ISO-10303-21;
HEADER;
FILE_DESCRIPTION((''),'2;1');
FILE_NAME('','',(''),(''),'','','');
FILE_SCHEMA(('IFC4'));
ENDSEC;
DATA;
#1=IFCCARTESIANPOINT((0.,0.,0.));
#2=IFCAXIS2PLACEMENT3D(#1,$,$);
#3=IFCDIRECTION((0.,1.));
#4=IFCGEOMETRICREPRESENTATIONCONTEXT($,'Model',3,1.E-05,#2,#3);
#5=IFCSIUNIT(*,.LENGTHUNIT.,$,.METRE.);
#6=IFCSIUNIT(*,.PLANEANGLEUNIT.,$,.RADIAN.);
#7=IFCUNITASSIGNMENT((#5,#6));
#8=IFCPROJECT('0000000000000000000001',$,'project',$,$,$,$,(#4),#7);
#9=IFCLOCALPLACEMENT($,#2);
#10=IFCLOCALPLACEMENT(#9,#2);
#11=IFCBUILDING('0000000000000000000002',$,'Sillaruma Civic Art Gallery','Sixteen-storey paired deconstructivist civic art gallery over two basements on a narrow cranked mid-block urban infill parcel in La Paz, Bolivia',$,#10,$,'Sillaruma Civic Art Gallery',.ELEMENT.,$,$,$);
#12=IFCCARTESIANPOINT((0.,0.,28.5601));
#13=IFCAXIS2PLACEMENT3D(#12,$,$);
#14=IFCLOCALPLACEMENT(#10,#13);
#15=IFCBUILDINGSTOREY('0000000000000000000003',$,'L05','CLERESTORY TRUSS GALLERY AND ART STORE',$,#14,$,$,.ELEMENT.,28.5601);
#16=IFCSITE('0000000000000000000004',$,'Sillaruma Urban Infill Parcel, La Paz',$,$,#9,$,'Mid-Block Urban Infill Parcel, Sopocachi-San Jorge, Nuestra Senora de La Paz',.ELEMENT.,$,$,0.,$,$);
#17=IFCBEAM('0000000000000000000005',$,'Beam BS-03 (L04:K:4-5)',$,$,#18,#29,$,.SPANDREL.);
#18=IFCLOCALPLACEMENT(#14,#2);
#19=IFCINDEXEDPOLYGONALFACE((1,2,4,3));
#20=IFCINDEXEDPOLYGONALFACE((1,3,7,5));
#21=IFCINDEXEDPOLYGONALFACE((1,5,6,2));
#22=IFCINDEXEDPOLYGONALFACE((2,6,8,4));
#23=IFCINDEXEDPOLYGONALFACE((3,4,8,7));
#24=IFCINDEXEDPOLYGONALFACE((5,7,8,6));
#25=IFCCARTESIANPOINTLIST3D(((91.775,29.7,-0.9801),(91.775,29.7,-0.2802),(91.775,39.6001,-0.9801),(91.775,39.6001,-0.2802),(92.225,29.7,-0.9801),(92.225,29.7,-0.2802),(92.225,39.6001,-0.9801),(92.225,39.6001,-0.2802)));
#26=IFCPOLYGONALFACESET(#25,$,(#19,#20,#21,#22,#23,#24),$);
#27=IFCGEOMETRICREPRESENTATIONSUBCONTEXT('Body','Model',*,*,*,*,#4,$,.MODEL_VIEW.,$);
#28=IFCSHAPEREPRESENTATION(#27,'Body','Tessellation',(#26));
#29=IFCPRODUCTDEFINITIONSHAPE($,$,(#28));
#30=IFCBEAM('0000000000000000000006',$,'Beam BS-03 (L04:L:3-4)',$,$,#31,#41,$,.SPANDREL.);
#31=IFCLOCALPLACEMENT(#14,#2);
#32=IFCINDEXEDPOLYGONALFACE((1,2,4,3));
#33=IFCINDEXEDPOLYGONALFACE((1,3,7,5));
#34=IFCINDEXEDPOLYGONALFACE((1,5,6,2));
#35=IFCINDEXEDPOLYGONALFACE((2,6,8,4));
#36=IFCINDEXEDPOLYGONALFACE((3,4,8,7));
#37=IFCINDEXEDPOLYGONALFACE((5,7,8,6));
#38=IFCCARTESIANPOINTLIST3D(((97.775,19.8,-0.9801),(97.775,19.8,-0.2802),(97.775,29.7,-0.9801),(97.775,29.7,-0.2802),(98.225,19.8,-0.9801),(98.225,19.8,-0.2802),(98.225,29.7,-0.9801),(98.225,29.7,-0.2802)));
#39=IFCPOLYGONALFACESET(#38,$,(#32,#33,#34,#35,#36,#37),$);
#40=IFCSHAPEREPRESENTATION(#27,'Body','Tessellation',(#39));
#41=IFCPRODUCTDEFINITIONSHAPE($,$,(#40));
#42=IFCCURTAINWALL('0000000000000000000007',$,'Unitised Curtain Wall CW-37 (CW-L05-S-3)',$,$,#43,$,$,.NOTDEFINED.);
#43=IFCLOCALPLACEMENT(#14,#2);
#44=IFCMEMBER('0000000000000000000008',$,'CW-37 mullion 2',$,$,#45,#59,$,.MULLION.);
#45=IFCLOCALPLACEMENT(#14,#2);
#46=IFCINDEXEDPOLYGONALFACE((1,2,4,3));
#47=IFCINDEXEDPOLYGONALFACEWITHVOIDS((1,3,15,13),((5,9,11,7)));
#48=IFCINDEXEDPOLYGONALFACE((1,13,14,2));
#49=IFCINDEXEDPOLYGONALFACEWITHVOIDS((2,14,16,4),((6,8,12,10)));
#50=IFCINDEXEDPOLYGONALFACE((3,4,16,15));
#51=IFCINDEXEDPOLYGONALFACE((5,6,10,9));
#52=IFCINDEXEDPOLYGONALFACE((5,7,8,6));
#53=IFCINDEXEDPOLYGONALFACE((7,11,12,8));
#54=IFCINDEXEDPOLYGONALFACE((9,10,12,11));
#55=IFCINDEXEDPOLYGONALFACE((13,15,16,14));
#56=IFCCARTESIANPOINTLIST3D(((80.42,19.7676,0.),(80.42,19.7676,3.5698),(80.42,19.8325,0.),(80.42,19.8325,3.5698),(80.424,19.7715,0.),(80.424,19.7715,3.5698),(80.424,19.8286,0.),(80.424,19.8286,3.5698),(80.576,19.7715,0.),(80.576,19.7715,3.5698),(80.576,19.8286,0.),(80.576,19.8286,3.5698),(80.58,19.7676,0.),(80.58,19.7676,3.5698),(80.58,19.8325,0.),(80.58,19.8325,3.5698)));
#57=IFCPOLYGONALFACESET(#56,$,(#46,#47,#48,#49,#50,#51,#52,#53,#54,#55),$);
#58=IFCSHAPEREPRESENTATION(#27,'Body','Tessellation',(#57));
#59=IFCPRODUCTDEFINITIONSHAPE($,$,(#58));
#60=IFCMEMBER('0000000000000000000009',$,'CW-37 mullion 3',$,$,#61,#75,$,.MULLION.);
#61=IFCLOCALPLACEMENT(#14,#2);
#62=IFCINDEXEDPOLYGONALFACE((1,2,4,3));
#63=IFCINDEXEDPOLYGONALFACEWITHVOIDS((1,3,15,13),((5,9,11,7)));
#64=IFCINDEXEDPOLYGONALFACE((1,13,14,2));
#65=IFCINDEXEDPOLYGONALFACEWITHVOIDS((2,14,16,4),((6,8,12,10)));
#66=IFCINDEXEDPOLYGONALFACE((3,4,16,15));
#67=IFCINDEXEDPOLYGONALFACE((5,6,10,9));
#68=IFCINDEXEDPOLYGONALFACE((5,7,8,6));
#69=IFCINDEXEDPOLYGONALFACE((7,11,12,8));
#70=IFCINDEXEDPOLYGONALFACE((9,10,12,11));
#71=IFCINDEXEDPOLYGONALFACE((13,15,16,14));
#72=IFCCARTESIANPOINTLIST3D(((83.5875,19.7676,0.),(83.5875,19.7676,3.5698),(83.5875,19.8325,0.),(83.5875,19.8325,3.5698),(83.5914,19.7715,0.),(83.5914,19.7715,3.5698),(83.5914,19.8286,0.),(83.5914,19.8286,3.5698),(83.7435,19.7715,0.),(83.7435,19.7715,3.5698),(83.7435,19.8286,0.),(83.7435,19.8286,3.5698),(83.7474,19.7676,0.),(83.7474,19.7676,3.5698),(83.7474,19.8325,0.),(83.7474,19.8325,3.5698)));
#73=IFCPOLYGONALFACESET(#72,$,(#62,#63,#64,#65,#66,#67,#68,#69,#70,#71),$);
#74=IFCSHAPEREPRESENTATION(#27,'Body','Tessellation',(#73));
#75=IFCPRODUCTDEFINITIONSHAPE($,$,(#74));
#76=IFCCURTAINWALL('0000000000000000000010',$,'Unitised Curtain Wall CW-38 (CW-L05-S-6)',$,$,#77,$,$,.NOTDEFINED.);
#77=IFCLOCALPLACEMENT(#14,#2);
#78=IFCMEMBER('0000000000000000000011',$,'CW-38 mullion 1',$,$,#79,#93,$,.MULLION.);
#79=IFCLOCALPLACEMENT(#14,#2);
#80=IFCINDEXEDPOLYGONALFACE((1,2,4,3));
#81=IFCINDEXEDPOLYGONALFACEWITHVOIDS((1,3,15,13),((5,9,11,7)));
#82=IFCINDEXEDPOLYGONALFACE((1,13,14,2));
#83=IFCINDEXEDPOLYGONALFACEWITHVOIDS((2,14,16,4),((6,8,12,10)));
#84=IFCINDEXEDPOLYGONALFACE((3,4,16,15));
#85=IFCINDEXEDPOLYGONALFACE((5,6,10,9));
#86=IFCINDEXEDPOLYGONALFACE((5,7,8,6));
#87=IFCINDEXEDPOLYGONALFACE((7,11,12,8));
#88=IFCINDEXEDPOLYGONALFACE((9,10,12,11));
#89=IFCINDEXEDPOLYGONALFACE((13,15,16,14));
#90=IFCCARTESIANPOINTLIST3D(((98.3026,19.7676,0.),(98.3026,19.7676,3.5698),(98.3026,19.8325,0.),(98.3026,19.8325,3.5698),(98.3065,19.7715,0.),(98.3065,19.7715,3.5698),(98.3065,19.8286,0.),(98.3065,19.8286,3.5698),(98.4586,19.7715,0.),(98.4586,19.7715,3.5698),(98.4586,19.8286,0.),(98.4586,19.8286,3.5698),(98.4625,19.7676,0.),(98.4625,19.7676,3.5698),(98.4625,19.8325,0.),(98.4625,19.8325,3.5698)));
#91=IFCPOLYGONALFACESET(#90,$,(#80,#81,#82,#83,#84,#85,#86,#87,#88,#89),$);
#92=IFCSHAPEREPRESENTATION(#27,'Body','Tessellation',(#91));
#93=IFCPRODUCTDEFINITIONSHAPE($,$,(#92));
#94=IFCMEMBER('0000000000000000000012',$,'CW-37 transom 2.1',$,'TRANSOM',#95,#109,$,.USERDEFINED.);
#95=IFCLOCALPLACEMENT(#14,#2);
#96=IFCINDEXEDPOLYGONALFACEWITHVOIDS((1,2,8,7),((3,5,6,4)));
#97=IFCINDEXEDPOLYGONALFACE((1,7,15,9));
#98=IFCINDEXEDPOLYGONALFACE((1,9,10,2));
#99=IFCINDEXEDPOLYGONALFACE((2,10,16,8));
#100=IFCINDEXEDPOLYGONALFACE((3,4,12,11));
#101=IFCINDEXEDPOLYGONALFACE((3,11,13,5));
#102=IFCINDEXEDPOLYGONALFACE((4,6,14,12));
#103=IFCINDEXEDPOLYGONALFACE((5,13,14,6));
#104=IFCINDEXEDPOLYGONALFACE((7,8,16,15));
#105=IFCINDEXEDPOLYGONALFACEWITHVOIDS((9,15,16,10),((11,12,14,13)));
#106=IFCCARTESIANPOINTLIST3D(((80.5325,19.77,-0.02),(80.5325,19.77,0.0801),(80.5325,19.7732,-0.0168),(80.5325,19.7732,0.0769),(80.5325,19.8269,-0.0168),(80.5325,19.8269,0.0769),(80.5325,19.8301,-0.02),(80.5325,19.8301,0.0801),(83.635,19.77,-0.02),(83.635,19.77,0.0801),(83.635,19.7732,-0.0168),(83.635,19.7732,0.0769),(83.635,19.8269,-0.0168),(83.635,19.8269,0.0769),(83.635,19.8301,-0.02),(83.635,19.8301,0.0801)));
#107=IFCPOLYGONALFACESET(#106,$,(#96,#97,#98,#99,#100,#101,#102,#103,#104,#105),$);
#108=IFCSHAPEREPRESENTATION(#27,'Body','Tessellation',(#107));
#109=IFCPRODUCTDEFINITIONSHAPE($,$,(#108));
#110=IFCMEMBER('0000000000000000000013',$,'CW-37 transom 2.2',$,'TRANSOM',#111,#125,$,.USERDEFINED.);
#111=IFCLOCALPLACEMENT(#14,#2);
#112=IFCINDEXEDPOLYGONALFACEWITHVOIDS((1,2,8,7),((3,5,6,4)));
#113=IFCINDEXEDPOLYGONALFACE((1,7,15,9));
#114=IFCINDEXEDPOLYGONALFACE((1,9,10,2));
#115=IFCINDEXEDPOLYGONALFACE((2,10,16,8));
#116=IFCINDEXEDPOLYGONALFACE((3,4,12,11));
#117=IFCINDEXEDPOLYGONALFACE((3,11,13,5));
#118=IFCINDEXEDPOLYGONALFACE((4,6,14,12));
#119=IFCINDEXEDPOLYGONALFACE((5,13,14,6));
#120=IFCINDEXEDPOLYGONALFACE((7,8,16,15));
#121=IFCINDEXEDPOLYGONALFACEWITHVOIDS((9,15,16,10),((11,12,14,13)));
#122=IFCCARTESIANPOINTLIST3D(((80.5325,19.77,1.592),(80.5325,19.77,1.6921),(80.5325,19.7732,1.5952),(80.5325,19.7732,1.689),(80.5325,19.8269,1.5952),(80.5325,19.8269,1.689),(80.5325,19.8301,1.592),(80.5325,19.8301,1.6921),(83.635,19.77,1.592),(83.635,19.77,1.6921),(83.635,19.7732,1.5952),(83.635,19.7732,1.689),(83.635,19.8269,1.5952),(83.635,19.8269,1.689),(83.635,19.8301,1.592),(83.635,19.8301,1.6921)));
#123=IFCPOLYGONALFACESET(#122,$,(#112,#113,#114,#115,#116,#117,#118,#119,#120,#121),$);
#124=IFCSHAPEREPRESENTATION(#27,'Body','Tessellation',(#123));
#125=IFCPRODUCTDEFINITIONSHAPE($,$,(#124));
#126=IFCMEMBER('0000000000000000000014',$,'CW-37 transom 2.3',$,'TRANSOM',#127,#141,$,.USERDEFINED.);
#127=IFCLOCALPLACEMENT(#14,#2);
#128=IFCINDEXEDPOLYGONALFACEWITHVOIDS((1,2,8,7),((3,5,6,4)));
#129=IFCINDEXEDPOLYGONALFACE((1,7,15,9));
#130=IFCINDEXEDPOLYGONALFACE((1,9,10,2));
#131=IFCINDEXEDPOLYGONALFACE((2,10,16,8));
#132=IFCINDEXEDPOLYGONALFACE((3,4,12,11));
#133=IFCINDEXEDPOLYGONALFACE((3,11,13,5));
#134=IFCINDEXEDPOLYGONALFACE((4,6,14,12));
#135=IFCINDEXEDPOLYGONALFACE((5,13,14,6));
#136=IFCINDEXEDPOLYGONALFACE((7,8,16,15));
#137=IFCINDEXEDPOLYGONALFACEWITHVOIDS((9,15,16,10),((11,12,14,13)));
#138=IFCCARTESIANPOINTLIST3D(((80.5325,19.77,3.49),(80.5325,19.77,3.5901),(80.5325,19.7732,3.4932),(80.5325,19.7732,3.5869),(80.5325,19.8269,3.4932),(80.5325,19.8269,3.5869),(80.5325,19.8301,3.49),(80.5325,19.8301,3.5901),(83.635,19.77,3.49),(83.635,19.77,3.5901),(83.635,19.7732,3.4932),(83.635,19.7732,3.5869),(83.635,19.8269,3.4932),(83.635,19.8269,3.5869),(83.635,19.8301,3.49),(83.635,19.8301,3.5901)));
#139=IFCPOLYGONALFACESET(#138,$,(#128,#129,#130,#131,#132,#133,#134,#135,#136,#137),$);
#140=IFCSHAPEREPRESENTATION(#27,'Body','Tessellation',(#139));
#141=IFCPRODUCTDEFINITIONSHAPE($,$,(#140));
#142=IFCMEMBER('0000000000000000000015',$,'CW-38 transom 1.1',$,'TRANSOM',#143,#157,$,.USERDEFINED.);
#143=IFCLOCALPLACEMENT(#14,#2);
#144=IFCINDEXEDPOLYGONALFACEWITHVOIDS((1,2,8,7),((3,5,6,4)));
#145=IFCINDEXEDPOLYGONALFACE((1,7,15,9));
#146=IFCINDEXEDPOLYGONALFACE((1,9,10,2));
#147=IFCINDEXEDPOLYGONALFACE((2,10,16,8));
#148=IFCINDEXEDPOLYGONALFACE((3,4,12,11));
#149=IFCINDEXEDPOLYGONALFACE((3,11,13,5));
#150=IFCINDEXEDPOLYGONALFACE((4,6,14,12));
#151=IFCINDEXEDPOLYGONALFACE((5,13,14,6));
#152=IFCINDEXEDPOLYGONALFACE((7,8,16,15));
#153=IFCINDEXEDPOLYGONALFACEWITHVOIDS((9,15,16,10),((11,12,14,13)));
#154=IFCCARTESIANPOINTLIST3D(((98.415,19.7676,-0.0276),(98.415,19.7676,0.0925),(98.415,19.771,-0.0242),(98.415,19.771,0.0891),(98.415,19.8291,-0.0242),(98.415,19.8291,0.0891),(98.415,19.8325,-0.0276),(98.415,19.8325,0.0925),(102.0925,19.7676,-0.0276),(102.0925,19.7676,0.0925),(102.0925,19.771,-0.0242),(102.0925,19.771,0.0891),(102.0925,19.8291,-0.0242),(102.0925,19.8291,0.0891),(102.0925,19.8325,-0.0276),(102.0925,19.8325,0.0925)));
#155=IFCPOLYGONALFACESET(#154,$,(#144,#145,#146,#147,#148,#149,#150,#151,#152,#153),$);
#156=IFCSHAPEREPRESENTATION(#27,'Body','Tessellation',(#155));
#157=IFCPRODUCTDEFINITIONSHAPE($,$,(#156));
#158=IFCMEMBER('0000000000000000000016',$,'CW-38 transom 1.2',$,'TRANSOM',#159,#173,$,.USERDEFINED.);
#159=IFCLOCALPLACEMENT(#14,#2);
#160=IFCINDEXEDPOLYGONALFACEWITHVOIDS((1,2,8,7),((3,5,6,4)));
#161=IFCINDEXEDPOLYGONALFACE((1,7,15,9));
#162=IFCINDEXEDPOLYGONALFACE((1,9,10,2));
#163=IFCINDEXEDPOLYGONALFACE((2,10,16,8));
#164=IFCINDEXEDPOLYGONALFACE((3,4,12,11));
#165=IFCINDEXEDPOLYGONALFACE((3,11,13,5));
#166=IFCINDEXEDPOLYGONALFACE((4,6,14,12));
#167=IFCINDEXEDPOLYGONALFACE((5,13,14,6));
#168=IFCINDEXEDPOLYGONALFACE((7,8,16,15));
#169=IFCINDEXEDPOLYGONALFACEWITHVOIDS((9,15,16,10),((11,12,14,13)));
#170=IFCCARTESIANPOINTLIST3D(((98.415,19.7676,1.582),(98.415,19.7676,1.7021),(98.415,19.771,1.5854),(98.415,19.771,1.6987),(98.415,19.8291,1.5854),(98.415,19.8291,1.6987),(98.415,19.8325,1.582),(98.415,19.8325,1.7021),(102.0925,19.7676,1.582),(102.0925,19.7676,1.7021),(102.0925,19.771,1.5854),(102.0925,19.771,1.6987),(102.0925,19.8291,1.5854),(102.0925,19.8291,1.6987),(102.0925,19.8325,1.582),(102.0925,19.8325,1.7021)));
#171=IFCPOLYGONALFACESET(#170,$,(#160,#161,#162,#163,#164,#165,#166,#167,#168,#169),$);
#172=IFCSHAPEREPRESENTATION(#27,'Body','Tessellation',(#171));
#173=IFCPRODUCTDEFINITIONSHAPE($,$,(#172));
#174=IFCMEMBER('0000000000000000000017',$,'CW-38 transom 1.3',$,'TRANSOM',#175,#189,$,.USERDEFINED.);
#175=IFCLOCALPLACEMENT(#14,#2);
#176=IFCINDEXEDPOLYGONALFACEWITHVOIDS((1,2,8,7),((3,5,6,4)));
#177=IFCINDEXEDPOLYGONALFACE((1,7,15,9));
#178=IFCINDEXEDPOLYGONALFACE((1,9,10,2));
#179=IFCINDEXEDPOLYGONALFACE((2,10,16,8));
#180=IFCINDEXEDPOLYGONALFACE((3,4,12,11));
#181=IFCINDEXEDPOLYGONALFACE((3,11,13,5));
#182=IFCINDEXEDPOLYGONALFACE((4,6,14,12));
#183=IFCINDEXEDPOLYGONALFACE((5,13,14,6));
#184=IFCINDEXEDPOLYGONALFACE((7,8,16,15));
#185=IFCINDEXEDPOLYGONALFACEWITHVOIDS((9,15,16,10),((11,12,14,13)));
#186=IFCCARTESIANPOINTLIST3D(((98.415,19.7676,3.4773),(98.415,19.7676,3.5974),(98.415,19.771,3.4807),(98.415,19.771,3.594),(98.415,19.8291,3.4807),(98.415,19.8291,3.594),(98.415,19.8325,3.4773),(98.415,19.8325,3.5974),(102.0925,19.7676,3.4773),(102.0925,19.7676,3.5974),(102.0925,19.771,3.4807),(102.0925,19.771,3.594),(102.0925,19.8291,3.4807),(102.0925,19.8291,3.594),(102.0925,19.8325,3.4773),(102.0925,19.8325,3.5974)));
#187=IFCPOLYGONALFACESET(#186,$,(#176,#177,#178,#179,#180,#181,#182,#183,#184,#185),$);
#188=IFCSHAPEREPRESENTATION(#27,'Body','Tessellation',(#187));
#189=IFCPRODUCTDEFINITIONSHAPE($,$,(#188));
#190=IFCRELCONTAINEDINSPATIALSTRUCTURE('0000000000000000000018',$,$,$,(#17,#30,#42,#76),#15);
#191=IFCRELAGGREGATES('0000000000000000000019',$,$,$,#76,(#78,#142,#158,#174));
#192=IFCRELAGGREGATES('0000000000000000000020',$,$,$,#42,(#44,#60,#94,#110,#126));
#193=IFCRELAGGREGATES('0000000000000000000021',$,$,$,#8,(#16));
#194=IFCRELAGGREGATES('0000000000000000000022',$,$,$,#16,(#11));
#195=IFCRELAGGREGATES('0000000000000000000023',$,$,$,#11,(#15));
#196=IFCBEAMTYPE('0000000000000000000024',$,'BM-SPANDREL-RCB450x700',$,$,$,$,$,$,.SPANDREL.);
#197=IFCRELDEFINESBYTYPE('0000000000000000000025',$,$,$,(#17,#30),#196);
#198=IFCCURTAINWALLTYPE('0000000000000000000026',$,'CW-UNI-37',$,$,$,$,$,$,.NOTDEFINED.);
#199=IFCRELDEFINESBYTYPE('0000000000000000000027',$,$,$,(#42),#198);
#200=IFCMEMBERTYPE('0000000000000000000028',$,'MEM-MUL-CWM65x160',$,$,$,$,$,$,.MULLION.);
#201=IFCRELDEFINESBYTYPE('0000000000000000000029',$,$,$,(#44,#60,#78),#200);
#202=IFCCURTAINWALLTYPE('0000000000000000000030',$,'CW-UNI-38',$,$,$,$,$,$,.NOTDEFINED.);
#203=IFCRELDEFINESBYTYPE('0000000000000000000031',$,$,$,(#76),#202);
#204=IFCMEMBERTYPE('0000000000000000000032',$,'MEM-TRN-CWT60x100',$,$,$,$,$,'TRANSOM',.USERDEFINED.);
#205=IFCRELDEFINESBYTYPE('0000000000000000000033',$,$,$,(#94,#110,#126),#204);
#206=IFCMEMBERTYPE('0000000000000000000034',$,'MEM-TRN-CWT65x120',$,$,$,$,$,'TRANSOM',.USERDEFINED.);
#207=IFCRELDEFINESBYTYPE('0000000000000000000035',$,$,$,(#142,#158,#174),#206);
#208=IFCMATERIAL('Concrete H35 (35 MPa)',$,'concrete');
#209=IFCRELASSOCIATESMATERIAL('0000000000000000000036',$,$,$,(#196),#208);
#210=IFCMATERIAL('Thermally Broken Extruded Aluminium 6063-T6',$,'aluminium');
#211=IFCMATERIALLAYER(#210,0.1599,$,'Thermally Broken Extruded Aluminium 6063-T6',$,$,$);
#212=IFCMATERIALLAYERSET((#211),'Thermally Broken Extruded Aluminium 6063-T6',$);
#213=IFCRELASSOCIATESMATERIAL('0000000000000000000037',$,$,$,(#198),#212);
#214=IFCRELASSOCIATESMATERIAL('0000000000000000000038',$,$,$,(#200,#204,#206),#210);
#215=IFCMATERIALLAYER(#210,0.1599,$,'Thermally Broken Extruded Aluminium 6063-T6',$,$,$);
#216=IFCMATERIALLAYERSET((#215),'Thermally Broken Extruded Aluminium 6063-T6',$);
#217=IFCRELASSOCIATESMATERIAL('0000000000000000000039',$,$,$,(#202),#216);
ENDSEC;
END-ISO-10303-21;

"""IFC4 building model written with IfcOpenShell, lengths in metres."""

from ifc_helpers import new_model, si_unit, direction, frame, origin, origin_2d, place, context, subcontext, project, spatial, rectangle, hollow_rectangle, extrude, material, layer, layer_set, material_profile, profile_set, type_object, element, aggregate, save


model = new_model("IFC4")

# Units and contexts
model_context = context("Model", 3, precision=1e-05, world=origin(), true_north=direction((0.0, 1.0)))
body_context = subcontext(model_context, "Body", "Model", "MODEL_VIEW")
ifc_project = project(units=[si_unit("LENGTHUNIT", "METRE"), si_unit("PLANEANGLEUNIT", "RADIAN")], contexts=[model_context])

# Site, building, storey
site_placement = place(None, origin())
site = spatial("IfcSite", under=ifc_project, at=site_placement, Name="Sillaruma Urban Infill Parcel, La Paz", LongName="Mid-Block Urban Infill Parcel, Sopocachi-San Jorge, Nuestra Senora de La Paz", CompositionType="ELEMENT", RefElevation=0.0)
building_placement = place(site_placement, origin())
building = spatial("IfcBuilding", under=site, at=building_placement, Name="Sillaruma Civic Art Gallery", Description="Sixteen-storey paired deconstructivist civic art gallery over two basements on a narrow cranked mid-block urban infill parcel in La Paz, Bolivia", LongName="Sillaruma Civic Art Gallery", CompositionType="ELEMENT")
storey_placement = place(building_placement, frame((0.0, 0.0, 28.5601)))
storey = spatial("IfcBuildingStorey", under=building, at=storey_placement, Name="L05", Description="CLERESTORY TRUSS GALLERY AND ART STORE", CompositionType="ELEMENT", Elevation=28.5601)

# Beams
ifc_material_1 = material(Name="Concrete H35 (35 MPa)", Category="concrete")
ifc_material_profile_1 = material_profile(ifc_material_1, rectangle(XDim=0.45, YDim=0.7, at=origin_2d()), Name="RCB450x700")
ifc_profile_set_1 = profile_set([ifc_material_profile_1], Name="Concrete H35 (35 MPa)")
beam_type_1 = type_object("IfcBeamType", Name="BM-SPANDREL-RCB450x700", PredefinedType="SPANDREL", material=ifc_profile_set_1)
beam_1_placement = place(storey_placement, frame((92.0, 29.7, -0.6301), z_axis=(0.0, 1.0, 0.0), x_axis=(-1.0, 0.0, 0.0)))
element("IfcBeam", 1, at=beam_1_placement, inside=storey, type_object=beam_type_1, Name="Beam BS-03 (L04:K:4-5)", PredefinedType="SPANDREL", context=body_context, shape_type="SweptSolid", body=[
    extrude(rectangle(XDim=0.45, YDim=0.7, at=origin_2d()), origin(), (0.0, 0.0, 1.0), 9.9001),
])
beam_2_placement = place(storey_placement, frame((98.0, 19.8, -0.6301), z_axis=(0.0, 1.0, 0.0), x_axis=(-1.0, 0.0, 0.0)))
element("IfcBeam", 2, at=beam_2_placement, inside=storey, type_object=beam_type_1, Name="Beam BS-03 (L04:L:3-4)", PredefinedType="SPANDREL", context=body_context, shape_type="SweptSolid", body=[
    extrude(rectangle(XDim=0.45, YDim=0.7, at=origin_2d()), origin(), (0.0, 0.0, 1.0), 9.8999),
])

# Curtain wall, members
ifc_material_2 = material(Name="Thermally Broken Extruded Aluminium 6063-T6", Category="aluminium")
ifc_layer_1 = layer(ifc_material_2, 0.1599, Name="Thermally Broken Extruded Aluminium 6063-T6")
ifc_layer_set_1 = layer_set([ifc_layer_1], Name="Thermally Broken Extruded Aluminium 6063-T6")
curtain_wall_type_1 = type_object("IfcCurtainWallType", Name="CW-UNI-37", PredefinedType="NOTDEFINED", material=ifc_layer_set_1)
curtain_wall_1_placement = place(storey_placement, origin())
curtain_wall_1 = element("IfcCurtainWall", 3, at=curtain_wall_1_placement, inside=storey, type_object=curtain_wall_type_1, Name="Unitised Curtain Wall CW-37 (CW-L05-S-3)", PredefinedType="NOTDEFINED")
ifc_material_profile_2 = material_profile(ifc_material_2, hollow_rectangle(XDim=0.0649, YDim=0.1599, WallThickness=0.0039, at=origin_2d()), Name="CWM65x160")
ifc_profile_set_2 = profile_set([ifc_material_profile_2], Name="Thermally Broken Extruded Aluminium 6063-T6")
member_type_1 = type_object("IfcMemberType", Name="MEM-MUL-CWM65x160", PredefinedType="MULLION", material=ifc_profile_set_2)
member_1_placement = place(storey_placement, frame((80.5, 19.8, 0.0), z_axis=(0.0, 0.0, 1.0), x_axis=(0.0, 1.0, 0.0)))
member_1 = element("IfcMember", 4, at=member_1_placement, type_object=member_type_1, Name="CW-37 mullion 2", PredefinedType="MULLION", context=body_context, shape_type="SweptSolid", body=[
    extrude(hollow_rectangle(XDim=0.0649, YDim=0.1599, WallThickness=0.0039, at=origin_2d()), origin(), (0.0, 0.0, 1.0), 3.5698),
])
member_2_placement = place(storey_placement, frame((83.6675, 19.8, 0.0), z_axis=(0.0, 0.0, 1.0), x_axis=(0.0, 1.0, 0.0)))
member_2 = element("IfcMember", 5, at=member_2_placement, type_object=member_type_1, Name="CW-37 mullion 3", PredefinedType="MULLION", context=body_context, shape_type="SweptSolid", body=[
    extrude(hollow_rectangle(XDim=0.0649, YDim=0.1599, WallThickness=0.0039, at=origin_2d()), origin(), (0.0, 0.0, 1.0), 3.5698),
])

# Curtain wall, member
ifc_layer_2 = layer(ifc_material_2, 0.1599, Name="Thermally Broken Extruded Aluminium 6063-T6")
ifc_layer_set_2 = layer_set([ifc_layer_2], Name="Thermally Broken Extruded Aluminium 6063-T6")
curtain_wall_type_2 = type_object("IfcCurtainWallType", Name="CW-UNI-38", PredefinedType="NOTDEFINED", material=ifc_layer_set_2)
curtain_wall_2_placement = place(storey_placement, origin())
curtain_wall_2 = element("IfcCurtainWall", 6, at=curtain_wall_2_placement, inside=storey, type_object=curtain_wall_type_2, Name="Unitised Curtain Wall CW-38 (CW-L05-S-6)", PredefinedType="NOTDEFINED")
member_3_placement = place(storey_placement, frame((98.3826, 19.8, 0.0), z_axis=(0.0, 0.0, 1.0), x_axis=(0.0, 1.0, 0.0)))
member_3 = element("IfcMember", 7, at=member_3_placement, type_object=member_type_1, Name="CW-38 mullion 1", PredefinedType="MULLION", context=body_context, shape_type="SweptSolid", body=[
    extrude(hollow_rectangle(XDim=0.0649, YDim=0.1599, WallThickness=0.0039, at=origin_2d()), origin(), (0.0, 0.0, 1.0), 3.5698),
])

# Members
ifc_material_profile_3 = material_profile(ifc_material_2, hollow_rectangle(XDim=0.0601, YDim=0.1001, WallThickness=0.0032, at=origin_2d()), Name="CWT60x100")
ifc_profile_set_3 = profile_set([ifc_material_profile_3], Name="Thermally Broken Extruded Aluminium 6063-T6")
member_type_2 = type_object("IfcMemberType", Name="MEM-TRN-CWT60x100", ElementType="TRANSOM", PredefinedType="USERDEFINED", material=ifc_profile_set_3)
member_4_placement = place(storey_placement, frame((80.5325, 19.8, 0.03), z_axis=(1.0, 0.0, 0.0), x_axis=(0.0, 1.0, 0.0)))
member_4 = element("IfcMember", 8, at=member_4_placement, type_object=member_type_2, Name="CW-37 transom 2.1", ObjectType="TRANSOM", PredefinedType="USERDEFINED", context=body_context, shape_type="SweptSolid", body=[
    extrude(hollow_rectangle(XDim=0.0601, YDim=0.1001, WallThickness=0.0032, at=origin_2d()), origin(), (0.0, 0.0, 1.0), 3.1025),
])
member_5_placement = place(storey_placement, frame((80.5325, 19.8, 1.6421), z_axis=(1.0, 0.0, 0.0), x_axis=(0.0, 1.0, 0.0)))
member_5 = element("IfcMember", 9, at=member_5_placement, type_object=member_type_2, Name="CW-37 transom 2.2", ObjectType="TRANSOM", PredefinedType="USERDEFINED", context=body_context, shape_type="SweptSolid", body=[
    extrude(hollow_rectangle(XDim=0.0601, YDim=0.1001, WallThickness=0.0032, at=origin_2d()), origin(), (0.0, 0.0, 1.0), 3.1025),
])
member_6_placement = place(storey_placement, frame((80.5325, 19.8, 3.54), z_axis=(1.0, 0.0, 0.0), x_axis=(0.0, 1.0, 0.0)))
member_6 = element("IfcMember", 10, at=member_6_placement, type_object=member_type_2, Name="CW-37 transom 2.3", ObjectType="TRANSOM", PredefinedType="USERDEFINED", context=body_context, shape_type="SweptSolid", body=[
    extrude(hollow_rectangle(XDim=0.0601, YDim=0.1001, WallThickness=0.0032, at=origin_2d()), origin(), (0.0, 0.0, 1.0), 3.1025),
])
ifc_material_profile_4 = material_profile(ifc_material_2, hollow_rectangle(XDim=0.0649, YDim=0.1201, WallThickness=0.0034, at=origin_2d()), Name="CWT65x120")
ifc_profile_set_4 = profile_set([ifc_material_profile_4], Name="Thermally Broken Extruded Aluminium 6063-T6")
member_type_3 = type_object("IfcMemberType", Name="MEM-TRN-CWT65x120", ElementType="TRANSOM", PredefinedType="USERDEFINED", material=ifc_profile_set_4)
member_7_placement = place(storey_placement, frame((98.415, 19.8, 0.0325), z_axis=(1.0, 0.0, 0.0), x_axis=(0.0, 1.0, 0.0)))
member_7 = element("IfcMember", 11, at=member_7_placement, type_object=member_type_3, Name="CW-38 transom 1.1", ObjectType="TRANSOM", PredefinedType="USERDEFINED", context=body_context, shape_type="SweptSolid", body=[
    extrude(hollow_rectangle(XDim=0.0649, YDim=0.1201, WallThickness=0.0034, at=origin_2d()), origin(), (0.0, 0.0, 1.0), 3.6775),
])
member_8_placement = place(storey_placement, frame((98.415, 19.8, 1.6421), z_axis=(1.0, 0.0, 0.0), x_axis=(0.0, 1.0, 0.0)))
member_8 = element("IfcMember", 12, at=member_8_placement, type_object=member_type_3, Name="CW-38 transom 1.2", ObjectType="TRANSOM", PredefinedType="USERDEFINED", context=body_context, shape_type="SweptSolid", body=[
    extrude(hollow_rectangle(XDim=0.0649, YDim=0.1201, WallThickness=0.0034, at=origin_2d()), origin(), (0.0, 0.0, 1.0), 3.6775),
])
member_9_placement = place(storey_placement, frame((98.415, 19.8, 3.5374), z_axis=(1.0, 0.0, 0.0), x_axis=(0.0, 1.0, 0.0)))
member_9 = element("IfcMember", 13, at=member_9_placement, type_object=member_type_3, Name="CW-38 transom 1.3", ObjectType="TRANSOM", PredefinedType="USERDEFINED", context=body_context, shape_type="SweptSolid", body=[
    extrude(hollow_rectangle(XDim=0.0649, YDim=0.1201, WallThickness=0.0034, at=origin_2d()), origin(), (0.0, 0.0, 1.0), 3.6775),
])
aggregate(curtain_wall_2, [member_3, member_7, member_8, member_9])

aggregate(curtain_wall_1, [member_1, member_2, member_4, member_5, member_6])

save(model, "model.ifc")
